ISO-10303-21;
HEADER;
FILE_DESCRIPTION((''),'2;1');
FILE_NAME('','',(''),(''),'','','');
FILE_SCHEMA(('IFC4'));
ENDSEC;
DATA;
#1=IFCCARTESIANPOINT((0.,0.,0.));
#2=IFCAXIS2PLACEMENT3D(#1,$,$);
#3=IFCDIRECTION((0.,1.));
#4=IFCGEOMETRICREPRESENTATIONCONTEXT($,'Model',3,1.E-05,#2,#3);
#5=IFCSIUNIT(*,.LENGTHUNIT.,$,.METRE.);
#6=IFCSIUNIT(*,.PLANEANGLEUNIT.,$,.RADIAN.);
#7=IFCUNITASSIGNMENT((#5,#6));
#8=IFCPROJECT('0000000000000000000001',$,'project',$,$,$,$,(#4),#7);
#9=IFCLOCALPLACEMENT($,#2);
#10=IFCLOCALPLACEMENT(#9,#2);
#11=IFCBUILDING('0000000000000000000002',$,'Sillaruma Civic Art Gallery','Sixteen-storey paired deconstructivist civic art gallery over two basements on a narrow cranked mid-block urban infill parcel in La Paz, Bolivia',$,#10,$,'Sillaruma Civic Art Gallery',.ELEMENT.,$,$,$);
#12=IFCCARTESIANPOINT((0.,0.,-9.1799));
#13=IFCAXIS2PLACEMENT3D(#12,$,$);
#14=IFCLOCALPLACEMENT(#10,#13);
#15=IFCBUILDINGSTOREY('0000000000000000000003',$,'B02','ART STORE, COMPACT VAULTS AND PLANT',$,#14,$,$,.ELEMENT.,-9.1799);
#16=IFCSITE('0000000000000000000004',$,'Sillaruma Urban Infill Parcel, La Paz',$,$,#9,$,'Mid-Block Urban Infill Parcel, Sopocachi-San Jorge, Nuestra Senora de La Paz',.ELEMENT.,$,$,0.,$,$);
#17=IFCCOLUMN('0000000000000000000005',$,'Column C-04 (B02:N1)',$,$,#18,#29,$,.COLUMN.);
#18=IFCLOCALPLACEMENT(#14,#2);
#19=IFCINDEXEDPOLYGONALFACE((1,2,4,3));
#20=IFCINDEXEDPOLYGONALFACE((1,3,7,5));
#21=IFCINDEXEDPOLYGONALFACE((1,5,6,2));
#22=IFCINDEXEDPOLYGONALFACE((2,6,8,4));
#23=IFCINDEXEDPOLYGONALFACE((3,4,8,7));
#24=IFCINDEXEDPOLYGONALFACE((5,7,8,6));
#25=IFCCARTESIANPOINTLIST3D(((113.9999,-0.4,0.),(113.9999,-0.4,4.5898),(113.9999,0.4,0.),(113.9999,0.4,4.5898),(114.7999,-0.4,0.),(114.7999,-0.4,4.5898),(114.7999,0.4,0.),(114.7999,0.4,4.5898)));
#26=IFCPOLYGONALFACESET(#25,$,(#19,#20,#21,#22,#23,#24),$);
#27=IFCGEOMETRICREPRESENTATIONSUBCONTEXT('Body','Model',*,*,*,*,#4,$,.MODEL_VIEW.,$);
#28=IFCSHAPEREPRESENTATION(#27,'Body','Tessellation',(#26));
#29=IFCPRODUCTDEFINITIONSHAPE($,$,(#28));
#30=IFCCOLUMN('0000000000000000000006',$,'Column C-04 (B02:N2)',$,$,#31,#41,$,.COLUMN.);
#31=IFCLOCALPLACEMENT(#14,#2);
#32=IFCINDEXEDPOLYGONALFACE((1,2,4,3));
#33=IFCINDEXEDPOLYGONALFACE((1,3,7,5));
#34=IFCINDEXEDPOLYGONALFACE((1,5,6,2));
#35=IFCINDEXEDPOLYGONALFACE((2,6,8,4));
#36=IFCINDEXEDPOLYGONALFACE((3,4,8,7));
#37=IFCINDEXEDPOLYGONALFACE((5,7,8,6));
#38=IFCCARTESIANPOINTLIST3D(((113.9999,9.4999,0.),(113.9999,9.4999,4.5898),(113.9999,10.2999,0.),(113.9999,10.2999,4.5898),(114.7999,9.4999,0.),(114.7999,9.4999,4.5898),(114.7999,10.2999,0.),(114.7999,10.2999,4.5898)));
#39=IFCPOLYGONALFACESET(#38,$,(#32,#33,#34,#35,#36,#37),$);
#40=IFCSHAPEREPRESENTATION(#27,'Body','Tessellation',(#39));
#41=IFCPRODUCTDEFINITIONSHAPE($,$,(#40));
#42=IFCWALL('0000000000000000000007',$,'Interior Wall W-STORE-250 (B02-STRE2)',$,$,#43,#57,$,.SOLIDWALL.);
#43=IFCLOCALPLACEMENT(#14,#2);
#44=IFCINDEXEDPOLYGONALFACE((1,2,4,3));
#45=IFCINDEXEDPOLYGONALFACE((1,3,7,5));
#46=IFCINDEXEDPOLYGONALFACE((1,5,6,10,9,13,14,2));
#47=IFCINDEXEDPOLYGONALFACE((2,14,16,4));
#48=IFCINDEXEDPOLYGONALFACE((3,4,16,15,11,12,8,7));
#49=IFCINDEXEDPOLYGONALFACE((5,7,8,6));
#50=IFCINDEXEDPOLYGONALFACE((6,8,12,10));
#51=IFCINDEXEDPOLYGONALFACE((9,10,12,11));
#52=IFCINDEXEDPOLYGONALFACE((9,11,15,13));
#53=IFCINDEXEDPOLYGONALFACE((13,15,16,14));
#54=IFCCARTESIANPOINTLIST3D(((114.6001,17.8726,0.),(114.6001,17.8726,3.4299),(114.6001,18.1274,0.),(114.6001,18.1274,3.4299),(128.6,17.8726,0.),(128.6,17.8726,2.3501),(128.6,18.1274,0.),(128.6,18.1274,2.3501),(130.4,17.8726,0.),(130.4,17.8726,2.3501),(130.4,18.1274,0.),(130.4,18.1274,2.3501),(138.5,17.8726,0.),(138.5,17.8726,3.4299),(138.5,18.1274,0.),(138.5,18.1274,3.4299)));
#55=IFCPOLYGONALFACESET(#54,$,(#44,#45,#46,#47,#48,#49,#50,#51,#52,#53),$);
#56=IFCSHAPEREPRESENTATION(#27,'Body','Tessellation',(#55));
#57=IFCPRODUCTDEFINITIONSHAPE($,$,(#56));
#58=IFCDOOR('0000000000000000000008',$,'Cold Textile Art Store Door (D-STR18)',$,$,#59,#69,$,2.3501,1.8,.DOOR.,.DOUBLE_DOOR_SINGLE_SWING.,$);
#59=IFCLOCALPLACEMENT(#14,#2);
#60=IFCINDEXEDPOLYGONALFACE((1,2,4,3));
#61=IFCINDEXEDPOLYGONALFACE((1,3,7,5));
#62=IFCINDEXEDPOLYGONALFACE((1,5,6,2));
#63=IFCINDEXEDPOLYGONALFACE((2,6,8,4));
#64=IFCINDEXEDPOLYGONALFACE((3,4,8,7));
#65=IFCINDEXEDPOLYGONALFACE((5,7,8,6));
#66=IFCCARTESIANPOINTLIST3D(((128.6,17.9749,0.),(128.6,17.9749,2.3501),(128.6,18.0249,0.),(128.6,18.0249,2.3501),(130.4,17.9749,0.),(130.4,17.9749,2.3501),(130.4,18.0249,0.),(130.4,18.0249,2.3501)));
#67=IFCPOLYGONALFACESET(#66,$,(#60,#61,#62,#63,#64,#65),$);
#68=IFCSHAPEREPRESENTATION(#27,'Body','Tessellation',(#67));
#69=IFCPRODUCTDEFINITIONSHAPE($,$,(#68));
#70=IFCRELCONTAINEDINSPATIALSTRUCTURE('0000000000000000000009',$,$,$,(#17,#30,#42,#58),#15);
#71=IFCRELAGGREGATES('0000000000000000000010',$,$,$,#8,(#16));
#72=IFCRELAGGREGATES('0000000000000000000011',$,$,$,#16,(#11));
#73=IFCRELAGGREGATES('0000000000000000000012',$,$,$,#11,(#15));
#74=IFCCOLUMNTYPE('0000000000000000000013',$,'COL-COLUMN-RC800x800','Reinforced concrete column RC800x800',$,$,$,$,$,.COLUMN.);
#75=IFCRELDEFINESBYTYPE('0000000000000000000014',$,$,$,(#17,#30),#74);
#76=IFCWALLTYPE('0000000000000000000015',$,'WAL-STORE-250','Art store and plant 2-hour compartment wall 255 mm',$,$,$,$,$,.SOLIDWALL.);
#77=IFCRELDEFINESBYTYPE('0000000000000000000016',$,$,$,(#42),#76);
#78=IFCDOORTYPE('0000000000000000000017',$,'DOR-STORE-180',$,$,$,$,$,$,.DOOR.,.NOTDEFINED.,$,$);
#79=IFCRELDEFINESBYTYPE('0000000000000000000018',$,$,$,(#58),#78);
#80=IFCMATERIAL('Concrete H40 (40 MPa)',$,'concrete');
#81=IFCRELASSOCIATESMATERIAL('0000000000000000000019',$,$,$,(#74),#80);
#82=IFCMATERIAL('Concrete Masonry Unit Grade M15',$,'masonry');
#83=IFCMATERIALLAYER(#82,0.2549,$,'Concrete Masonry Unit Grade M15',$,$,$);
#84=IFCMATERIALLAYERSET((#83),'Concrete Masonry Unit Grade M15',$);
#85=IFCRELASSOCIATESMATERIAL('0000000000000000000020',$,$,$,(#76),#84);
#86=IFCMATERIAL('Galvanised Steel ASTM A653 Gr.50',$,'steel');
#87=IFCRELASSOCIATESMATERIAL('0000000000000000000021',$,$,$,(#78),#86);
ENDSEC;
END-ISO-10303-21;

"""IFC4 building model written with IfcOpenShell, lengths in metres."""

from ifc_helpers import new_model, si_unit, direction, frame, frame_2d, origin, origin_2d, place, context, subcontext, project, spatial, rectangle, extrude, material, layer, layer_set, material_profile, profile_set, type_object, element, fill, save


model = new_model("IFC4")

# Units and contexts
model_context = context("Model", 3, precision=1e-05, world=origin(), true_north=direction((0.0, 1.0)))
body_context = subcontext(model_context, "Body", "Model", "MODEL_VIEW")
ifc_project = project(units=[si_unit("LENGTHUNIT", "METRE"), si_unit("PLANEANGLEUNIT", "RADIAN")], contexts=[model_context])

# Site, building, storey
site_placement = place(None, origin())
site = spatial("IfcSite", under=ifc_project, at=site_placement, Name="Sillaruma Urban Infill Parcel, La Paz", LongName="Mid-Block Urban Infill Parcel, Sopocachi-San Jorge, Nuestra Senora de La Paz", CompositionType="ELEMENT", RefElevation=0.0)
building_placement = place(site_placement, origin())
building = spatial("IfcBuilding", under=site, at=building_placement, Name="Sillaruma Civic Art Gallery", Description="Sixteen-storey paired deconstructivist civic art gallery over two basements on a narrow cranked mid-block urban infill parcel in La Paz, Bolivia", LongName="Sillaruma Civic Art Gallery", CompositionType="ELEMENT")
storey_placement = place(building_placement, frame((0.0, 0.0, -9.1799)))
storey = spatial("IfcBuildingStorey", under=building, at=storey_placement, Name="B02", Description="ART STORE, COMPACT VAULTS AND PLANT", CompositionType="ELEMENT", Elevation=-9.1799)

# Columns
ifc_material_1 = material(Name="Concrete H40 (40 MPa)", Category="concrete")
ifc_material_profile_1 = material_profile(ifc_material_1, rectangle(XDim=0.8, YDim=0.8, at=origin_2d()), Name="RC800x800")
ifc_profile_set_1 = profile_set([ifc_material_profile_1], Name="Concrete H40 (40 MPa)")
column_type = type_object("IfcColumnType", Name="COL-COLUMN-RC800x800", Description="Reinforced concrete column RC800x800", PredefinedType="COLUMN", material=ifc_profile_set_1)
for number, where, z_axis, x_axis, name in (
    (1, (114.3999, 0.0, 0.0), (0.0, 0.0, 1.0), (1.0, 0.0, 0.0), "Column C-04 (B02:N1)"),
    (2, (114.3999, 9.8999, 0.0), (0.0, 0.0, 1.0), (1.0, 0.0, 0.0), "Column C-04 (B02:N2)"),
):
    element("IfcColumn", number, at=place(storey_placement, frame(where, z_axis=z_axis, x_axis=x_axis)), inside=storey, type_object=column_type, Name=name, PredefinedType="COLUMN", context=body_context, shape_type="SweptSolid", body=[
        extrude(rectangle(XDim=0.8, YDim=0.8, at=origin_2d()), origin(), (0.0, 0.0, 1.0), 4.5898),
    ])

# Wall, opening, door
ifc_material_2 = material(Name="Concrete Masonry Unit Grade M15", Category="masonry")
ifc_layer_1 = layer(ifc_material_2, 0.2549, Name="Concrete Masonry Unit Grade M15")
ifc_layer_set_1 = layer_set([ifc_layer_1], Name="Concrete Masonry Unit Grade M15")
wall_type = type_object("IfcWallType", Name="WAL-STORE-250", Description="Art store and plant 2-hour compartment wall 255 mm", PredefinedType="SOLIDWALL", material=ifc_layer_set_1)
wall_placement = place(storey_placement, frame((114.6001, 18.0, 0.0), z_axis=(0.0, 0.0, 1.0), x_axis=(1.0, 0.0, 0.0)))
wall = element("IfcWall", 3, at=wall_placement, inside=storey, type_object=wall_type, Name="Interior Wall W-STORE-250 (B02-STRE2)", PredefinedType="SOLIDWALL", context=body_context, shape_type="SweptSolid", body=[
    extrude(rectangle(XDim=23.8999, YDim=0.2549, at=frame_2d((11.95, 0.0))), origin(), (0.0, 0.0, 1.0), 3.4299),
])
opening_placement = place(wall_placement, frame((14.0, 0.0, 0.0)))
opening = element("IfcOpeningElement", 4, at=opening_placement, cuts=wall, PredefinedType="OPENING", context=body_context, shape_type="SweptSolid", body=[
    extrude(rectangle(XDim=1.8, YDim=2.3501, at=frame_2d((0.8999, 1.175))), frame((0.0, 0.1375, 0.0), z_axis=(0.0, -1.0, 0.0), x_axis=(1.0, 0.0, 0.0)), (0.0, 0.0, 1.0), 0.2749),
])
ifc_material_3 = material(Name="Galvanised Steel ASTM A653 Gr.50", Category="steel")
door_type = type_object("IfcDoorType", Name="DOR-STORE-180", OperationType="NOTDEFINED", PredefinedType="DOOR", material=ifc_material_3)
door_placement = place(opening_placement, origin())
door = element("IfcDoor", 5, at=door_placement, inside=storey, type_object=door_type, Name="Cold Textile Art Store Door (D-STR18)", OperationType="DOUBLE_DOOR_SINGLE_SWING", OverallHeight=2.3501, OverallWidth=1.8, PredefinedType="DOOR", context=body_context, shape_type="SweptSolid", body=[
    extrude(rectangle(XDim=1.8, YDim=2.3501, at=frame_2d((0.8999, 1.175))), frame((0.0, 0.0249, 0.0), z_axis=(0.0, -1.0, 0.0), x_axis=(1.0, 0.0, 0.0)), (0.0, 0.0, 1.0), 0.05),
])
fill(opening, door)

save(model, "model.ifc")
